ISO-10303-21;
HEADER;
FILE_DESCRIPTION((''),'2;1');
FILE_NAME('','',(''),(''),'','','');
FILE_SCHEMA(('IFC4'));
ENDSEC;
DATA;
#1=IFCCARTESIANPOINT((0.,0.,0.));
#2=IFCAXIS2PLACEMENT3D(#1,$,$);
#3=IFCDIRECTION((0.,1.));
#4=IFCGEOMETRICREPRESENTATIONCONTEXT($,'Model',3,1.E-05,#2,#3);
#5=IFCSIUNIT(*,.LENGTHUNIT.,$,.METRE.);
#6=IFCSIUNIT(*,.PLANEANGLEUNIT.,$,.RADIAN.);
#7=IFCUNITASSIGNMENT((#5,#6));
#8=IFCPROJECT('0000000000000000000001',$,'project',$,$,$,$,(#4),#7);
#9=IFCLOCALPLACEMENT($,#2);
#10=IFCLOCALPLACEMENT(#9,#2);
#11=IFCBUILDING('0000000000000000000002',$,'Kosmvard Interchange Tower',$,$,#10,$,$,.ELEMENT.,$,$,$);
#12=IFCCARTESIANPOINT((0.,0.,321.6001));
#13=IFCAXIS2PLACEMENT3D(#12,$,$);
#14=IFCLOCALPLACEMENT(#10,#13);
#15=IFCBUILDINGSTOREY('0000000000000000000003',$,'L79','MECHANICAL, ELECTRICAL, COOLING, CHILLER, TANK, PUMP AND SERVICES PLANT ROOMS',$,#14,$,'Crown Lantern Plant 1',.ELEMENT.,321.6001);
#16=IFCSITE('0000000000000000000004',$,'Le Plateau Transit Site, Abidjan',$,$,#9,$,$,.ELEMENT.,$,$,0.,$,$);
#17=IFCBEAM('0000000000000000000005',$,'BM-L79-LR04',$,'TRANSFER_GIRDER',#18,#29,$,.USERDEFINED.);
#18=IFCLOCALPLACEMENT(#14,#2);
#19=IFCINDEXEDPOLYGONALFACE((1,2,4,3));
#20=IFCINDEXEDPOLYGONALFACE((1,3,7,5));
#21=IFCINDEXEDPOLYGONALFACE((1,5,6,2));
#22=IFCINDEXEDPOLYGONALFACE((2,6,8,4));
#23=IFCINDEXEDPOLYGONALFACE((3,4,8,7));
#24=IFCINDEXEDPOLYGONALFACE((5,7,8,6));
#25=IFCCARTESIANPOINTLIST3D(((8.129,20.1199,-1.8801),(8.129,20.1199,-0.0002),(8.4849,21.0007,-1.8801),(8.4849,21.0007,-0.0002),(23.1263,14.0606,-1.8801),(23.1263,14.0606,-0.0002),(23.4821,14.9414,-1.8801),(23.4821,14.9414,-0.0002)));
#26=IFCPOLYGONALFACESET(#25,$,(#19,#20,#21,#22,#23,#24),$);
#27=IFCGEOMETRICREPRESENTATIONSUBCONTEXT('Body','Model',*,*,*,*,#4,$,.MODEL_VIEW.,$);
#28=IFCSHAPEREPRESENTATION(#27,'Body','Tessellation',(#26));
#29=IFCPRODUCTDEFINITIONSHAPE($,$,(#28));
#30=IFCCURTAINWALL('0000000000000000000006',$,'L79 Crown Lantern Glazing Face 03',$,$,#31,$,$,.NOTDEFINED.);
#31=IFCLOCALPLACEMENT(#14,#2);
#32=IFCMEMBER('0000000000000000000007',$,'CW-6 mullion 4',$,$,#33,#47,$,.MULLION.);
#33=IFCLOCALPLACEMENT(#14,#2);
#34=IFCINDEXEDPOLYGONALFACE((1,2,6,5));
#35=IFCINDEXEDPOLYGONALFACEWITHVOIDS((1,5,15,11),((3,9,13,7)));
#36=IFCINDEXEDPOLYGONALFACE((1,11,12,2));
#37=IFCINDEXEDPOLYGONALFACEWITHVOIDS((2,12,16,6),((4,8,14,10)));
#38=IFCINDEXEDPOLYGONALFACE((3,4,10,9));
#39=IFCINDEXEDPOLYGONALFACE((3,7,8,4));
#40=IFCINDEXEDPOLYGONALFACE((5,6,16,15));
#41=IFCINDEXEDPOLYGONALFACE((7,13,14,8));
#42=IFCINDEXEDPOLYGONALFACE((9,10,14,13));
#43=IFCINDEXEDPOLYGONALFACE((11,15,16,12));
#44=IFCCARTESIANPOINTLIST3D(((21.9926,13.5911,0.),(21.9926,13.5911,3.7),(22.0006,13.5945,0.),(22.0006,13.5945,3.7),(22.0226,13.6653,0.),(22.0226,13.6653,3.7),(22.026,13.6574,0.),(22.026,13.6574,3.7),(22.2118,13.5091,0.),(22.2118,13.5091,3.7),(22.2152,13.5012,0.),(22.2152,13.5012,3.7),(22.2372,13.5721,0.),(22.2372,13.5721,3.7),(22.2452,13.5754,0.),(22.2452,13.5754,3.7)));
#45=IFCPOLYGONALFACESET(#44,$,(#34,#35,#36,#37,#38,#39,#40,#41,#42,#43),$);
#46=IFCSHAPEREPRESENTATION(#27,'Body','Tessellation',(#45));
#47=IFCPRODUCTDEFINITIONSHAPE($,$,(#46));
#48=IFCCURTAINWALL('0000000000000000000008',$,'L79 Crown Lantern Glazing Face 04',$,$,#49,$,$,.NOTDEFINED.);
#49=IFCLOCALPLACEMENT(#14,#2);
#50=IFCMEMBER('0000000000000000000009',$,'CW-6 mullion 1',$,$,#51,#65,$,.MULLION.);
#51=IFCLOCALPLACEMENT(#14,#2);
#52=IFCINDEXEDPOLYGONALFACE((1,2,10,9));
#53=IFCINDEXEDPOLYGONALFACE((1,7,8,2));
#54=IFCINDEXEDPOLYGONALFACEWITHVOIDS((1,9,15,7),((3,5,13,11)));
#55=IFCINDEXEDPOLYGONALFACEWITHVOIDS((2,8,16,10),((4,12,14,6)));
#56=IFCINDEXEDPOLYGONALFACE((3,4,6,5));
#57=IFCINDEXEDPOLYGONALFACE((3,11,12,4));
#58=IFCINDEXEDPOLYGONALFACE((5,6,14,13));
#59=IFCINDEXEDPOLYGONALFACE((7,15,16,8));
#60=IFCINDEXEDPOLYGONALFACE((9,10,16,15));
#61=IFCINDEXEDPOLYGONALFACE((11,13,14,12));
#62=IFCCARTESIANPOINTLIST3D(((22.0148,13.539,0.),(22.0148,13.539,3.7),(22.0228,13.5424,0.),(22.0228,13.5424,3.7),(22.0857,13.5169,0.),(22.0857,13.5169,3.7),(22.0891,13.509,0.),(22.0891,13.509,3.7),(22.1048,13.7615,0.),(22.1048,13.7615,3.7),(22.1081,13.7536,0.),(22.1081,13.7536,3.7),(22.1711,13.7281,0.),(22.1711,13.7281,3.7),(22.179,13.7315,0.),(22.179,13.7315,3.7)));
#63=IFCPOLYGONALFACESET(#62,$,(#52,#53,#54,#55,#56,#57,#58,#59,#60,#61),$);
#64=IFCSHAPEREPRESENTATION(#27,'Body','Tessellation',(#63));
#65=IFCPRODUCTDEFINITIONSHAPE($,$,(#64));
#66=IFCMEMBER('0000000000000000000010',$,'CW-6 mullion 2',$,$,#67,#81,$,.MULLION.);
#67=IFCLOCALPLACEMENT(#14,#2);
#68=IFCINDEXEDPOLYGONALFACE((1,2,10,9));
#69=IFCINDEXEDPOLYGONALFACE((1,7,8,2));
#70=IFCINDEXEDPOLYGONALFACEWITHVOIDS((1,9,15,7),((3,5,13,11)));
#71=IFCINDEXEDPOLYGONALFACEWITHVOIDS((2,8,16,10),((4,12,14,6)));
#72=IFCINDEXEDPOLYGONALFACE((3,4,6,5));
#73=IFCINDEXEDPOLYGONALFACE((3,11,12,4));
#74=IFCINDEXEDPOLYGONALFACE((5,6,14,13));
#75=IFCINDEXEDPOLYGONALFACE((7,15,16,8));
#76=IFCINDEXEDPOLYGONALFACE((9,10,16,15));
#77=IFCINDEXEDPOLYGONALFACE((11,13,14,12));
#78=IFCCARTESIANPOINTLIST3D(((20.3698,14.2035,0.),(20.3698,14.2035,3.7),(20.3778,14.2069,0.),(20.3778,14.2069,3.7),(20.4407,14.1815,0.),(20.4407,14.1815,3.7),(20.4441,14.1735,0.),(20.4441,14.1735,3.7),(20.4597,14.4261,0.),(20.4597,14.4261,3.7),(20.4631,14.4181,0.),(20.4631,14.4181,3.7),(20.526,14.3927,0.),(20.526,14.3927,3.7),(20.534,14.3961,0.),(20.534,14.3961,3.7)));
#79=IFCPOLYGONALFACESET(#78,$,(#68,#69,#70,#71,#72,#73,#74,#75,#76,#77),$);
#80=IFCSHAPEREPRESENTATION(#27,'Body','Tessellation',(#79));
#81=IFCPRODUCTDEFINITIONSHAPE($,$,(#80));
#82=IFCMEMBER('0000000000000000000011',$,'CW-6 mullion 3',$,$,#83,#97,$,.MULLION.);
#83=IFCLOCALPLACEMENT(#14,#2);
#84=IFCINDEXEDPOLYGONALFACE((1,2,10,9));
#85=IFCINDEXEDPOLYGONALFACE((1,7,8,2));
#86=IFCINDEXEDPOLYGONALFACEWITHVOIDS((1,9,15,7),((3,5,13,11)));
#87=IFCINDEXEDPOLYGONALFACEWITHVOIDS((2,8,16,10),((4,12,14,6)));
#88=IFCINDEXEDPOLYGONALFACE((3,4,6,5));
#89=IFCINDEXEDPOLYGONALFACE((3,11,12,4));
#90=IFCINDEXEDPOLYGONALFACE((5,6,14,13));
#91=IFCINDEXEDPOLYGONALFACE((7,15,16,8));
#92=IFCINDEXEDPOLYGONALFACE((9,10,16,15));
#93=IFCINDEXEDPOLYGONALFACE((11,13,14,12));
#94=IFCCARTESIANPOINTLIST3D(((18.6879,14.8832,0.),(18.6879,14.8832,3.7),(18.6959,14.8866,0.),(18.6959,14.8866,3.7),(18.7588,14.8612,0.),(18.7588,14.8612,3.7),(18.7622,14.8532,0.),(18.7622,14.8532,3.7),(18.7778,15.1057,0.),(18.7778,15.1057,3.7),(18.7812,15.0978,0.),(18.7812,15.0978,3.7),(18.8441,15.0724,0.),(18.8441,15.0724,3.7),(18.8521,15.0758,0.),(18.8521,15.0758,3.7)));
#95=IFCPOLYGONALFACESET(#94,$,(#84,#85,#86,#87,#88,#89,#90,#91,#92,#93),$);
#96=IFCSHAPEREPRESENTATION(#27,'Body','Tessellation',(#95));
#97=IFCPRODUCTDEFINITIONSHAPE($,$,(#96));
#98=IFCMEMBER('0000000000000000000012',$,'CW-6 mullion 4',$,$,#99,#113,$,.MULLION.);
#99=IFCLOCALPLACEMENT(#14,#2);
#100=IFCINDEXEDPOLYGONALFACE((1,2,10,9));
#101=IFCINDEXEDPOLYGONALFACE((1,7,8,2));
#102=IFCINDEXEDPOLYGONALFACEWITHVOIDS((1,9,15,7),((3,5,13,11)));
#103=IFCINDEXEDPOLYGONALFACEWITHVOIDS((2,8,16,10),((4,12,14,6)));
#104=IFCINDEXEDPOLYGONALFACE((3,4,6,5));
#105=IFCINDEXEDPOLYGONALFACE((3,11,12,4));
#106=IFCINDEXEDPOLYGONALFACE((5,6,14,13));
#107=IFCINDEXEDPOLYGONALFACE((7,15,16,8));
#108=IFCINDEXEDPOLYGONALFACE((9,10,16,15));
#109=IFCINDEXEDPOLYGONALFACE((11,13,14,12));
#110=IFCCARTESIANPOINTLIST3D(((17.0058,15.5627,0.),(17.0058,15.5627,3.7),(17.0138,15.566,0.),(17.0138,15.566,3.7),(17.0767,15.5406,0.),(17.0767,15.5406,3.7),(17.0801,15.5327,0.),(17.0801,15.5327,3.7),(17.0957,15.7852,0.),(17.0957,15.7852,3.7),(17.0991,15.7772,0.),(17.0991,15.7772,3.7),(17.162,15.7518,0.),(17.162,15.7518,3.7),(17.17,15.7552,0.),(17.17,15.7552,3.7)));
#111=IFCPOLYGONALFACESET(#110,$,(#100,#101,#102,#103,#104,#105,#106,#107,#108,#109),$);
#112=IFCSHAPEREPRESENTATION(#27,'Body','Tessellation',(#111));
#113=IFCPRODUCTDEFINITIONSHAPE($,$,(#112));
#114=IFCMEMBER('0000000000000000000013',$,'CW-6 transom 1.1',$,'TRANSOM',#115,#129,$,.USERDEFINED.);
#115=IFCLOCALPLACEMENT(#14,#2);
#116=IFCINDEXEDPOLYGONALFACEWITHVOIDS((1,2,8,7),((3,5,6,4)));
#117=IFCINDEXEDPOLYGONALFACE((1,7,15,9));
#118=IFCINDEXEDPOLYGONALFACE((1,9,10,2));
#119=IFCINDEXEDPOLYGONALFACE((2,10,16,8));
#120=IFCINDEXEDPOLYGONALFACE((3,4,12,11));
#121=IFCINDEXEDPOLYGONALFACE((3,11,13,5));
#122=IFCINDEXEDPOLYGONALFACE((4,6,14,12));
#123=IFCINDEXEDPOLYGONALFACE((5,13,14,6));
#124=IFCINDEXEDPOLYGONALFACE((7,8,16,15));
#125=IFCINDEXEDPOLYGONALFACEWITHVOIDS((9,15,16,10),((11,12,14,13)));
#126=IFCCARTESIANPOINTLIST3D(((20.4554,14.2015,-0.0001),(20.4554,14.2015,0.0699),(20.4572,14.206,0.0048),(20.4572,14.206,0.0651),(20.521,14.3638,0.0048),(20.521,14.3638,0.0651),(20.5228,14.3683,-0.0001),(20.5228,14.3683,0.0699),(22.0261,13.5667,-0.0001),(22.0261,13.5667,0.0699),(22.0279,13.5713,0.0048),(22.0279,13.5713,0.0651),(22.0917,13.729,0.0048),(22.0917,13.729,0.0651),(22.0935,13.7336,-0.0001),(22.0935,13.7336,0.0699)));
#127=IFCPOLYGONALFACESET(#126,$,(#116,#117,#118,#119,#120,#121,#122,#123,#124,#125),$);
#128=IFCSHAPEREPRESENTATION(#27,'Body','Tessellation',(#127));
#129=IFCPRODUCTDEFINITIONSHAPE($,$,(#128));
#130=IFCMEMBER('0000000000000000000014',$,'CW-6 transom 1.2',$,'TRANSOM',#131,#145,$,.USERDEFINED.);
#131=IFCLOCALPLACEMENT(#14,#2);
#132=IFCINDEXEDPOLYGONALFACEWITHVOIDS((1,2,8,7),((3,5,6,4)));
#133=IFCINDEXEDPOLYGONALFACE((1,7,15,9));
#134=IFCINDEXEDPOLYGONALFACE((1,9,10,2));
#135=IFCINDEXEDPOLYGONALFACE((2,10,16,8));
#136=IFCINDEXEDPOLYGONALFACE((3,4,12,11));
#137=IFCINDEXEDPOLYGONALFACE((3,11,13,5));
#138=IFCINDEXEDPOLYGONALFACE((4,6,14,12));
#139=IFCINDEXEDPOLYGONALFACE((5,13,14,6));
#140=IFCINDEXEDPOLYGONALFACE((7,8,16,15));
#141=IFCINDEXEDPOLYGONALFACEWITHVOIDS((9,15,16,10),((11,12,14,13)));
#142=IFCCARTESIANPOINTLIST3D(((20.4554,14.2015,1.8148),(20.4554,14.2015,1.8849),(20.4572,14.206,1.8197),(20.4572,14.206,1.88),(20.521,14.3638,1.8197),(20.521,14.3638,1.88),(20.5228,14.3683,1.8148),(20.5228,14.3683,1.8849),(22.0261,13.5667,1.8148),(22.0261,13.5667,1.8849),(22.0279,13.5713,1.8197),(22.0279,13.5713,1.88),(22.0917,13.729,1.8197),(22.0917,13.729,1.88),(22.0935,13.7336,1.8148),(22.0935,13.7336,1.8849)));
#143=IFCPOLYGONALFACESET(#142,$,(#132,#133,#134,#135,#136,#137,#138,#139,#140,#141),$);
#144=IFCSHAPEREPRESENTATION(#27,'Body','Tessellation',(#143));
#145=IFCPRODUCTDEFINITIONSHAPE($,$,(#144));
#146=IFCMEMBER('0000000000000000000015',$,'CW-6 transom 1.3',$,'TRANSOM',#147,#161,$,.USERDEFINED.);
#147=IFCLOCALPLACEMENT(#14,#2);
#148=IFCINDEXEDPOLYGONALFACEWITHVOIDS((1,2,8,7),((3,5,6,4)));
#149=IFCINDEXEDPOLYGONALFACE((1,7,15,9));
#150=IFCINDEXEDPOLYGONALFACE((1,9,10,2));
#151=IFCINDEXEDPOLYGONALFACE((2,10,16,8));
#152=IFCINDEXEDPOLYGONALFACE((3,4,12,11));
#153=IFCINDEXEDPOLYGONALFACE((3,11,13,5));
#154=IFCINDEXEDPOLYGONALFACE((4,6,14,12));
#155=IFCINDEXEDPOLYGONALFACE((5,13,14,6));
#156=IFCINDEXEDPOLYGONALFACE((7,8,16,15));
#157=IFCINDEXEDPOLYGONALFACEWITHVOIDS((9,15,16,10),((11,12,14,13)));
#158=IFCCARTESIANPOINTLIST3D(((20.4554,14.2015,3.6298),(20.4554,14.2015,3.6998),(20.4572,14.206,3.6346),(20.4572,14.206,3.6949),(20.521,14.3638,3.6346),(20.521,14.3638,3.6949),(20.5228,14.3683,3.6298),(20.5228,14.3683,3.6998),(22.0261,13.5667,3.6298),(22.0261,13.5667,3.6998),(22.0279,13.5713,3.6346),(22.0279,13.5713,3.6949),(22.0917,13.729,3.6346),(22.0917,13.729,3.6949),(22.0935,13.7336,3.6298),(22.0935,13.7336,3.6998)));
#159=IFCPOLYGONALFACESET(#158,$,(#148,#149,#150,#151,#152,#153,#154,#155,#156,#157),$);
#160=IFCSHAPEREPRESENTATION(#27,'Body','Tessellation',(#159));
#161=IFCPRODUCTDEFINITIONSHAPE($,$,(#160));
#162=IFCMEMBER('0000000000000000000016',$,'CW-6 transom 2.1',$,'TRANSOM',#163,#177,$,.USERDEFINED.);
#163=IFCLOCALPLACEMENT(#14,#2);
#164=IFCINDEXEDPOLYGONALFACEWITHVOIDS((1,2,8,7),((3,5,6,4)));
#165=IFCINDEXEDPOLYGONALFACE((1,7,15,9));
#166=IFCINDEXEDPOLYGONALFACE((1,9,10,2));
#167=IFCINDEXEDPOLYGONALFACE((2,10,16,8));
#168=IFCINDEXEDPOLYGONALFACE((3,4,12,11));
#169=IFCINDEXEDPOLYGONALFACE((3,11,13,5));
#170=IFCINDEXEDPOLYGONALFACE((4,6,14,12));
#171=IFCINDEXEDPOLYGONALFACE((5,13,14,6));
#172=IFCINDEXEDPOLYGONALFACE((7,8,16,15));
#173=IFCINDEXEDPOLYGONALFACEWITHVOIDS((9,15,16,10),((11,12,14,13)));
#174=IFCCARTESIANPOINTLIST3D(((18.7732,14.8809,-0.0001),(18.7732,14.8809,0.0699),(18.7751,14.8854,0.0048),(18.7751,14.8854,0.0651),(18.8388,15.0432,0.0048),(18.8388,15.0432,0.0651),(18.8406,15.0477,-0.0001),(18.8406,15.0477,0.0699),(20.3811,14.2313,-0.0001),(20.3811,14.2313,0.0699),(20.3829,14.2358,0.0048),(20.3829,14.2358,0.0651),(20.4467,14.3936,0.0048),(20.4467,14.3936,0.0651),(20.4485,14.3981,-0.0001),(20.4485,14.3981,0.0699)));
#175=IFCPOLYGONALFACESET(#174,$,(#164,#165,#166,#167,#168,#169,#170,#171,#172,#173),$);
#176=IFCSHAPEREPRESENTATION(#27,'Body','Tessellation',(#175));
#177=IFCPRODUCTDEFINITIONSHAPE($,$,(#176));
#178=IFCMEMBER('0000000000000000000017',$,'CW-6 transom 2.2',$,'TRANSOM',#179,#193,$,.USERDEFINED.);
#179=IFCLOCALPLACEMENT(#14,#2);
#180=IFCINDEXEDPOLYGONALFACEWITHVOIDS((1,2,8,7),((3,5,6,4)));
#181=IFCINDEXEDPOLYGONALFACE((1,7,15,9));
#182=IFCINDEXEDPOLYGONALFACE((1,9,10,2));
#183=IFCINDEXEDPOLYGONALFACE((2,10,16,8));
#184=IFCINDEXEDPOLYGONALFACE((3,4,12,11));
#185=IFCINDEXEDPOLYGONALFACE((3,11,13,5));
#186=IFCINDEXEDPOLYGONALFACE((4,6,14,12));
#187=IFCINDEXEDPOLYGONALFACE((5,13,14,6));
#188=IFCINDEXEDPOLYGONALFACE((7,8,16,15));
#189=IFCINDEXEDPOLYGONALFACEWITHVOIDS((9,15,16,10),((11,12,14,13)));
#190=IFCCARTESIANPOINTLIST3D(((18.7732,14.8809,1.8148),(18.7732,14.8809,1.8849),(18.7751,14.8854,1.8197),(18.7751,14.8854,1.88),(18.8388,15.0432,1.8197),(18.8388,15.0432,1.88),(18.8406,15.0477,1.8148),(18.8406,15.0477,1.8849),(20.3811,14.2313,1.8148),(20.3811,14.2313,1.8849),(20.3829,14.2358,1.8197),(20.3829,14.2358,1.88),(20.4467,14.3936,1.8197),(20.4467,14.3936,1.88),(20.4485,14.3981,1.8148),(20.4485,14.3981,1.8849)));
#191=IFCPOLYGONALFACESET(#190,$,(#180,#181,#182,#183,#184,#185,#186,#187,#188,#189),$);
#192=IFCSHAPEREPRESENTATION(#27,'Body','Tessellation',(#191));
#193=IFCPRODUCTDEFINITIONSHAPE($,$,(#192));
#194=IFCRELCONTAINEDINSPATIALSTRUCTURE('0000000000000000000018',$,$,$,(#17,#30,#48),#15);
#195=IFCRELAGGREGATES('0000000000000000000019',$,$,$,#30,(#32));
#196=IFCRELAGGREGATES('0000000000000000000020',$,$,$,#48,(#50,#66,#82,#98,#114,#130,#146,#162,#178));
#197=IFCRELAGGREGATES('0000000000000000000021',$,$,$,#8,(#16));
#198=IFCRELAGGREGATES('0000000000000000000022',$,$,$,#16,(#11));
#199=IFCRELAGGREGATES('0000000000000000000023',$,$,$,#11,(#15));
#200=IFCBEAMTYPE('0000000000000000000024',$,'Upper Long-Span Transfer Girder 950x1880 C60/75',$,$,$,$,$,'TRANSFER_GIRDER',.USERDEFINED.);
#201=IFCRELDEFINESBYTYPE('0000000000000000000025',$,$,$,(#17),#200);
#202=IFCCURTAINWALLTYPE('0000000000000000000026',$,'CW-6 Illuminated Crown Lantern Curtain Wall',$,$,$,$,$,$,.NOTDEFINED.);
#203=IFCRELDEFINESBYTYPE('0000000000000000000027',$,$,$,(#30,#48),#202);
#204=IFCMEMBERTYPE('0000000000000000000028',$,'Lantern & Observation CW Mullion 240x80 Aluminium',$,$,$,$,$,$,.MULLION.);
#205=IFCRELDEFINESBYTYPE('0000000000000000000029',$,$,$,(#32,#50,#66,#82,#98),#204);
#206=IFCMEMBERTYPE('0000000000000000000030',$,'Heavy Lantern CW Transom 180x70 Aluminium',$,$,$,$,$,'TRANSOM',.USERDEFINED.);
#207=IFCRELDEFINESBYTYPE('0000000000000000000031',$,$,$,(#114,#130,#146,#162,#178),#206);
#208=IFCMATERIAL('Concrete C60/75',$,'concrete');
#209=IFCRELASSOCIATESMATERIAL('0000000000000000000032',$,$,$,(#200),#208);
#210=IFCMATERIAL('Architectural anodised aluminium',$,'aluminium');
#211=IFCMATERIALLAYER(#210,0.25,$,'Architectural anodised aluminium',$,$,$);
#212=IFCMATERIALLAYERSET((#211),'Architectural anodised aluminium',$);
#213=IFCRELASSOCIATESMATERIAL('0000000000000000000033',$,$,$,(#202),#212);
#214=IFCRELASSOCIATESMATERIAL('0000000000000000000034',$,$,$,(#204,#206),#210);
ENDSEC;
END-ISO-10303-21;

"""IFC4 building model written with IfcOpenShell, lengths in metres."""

from ifc_helpers import new_model, si_unit, direction, frame, origin, origin_2d, place, context, subcontext, project, spatial, rectangle, hollow_rectangle, extrude, source, transform, mapped, material, layer, layer_set, material_profile, profile_set, type_object, element, aggregate, save


model = new_model("IFC4")

# Units and contexts
model_context = context("Model", 3, precision=1e-05, world=origin(), true_north=direction((0.0, 1.0)))
body_context = subcontext(model_context, "Body", "Model", "MODEL_VIEW")
ifc_project = project(units=[si_unit("LENGTHUNIT", "METRE"), si_unit("PLANEANGLEUNIT", "RADIAN")], contexts=[model_context])

# Site, building, storey
site_placement = place(None, origin())
site = spatial("IfcSite", under=ifc_project, at=site_placement, Name="Le Plateau Transit Site, Abidjan", CompositionType="ELEMENT", RefElevation=0.0)
building_placement = place(site_placement, origin())
building = spatial("IfcBuilding", under=site, at=building_placement, Name="Kosmvard Interchange Tower", CompositionType="ELEMENT")
storey_placement = place(building_placement, frame((0.0, 0.0, 321.6001)))
storey = spatial("IfcBuildingStorey", under=building, at=storey_placement, Name="L79", Description="MECHANICAL, ELECTRICAL, COOLING, CHILLER, TANK, PUMP AND SERVICES PLANT ROOMS", LongName="Crown Lantern Plant 1", CompositionType="ELEMENT", Elevation=321.6001)

# Beam
ifc_material_1 = material(Name="Concrete C60/75", Category="concrete")
ifc_material_profile_1 = material_profile(ifc_material_1, rectangle(XDim=0.95, YDim=1.8799, at=origin_2d()), Name="TG 950x1880")
ifc_profile_set_1 = profile_set([ifc_material_profile_1], Name="Concrete C60/75")
beam_type = type_object("IfcBeamType", Name="Upper Long-Span Transfer Girder 950x1880 C60/75", ElementType="TRANSFER_GIRDER", PredefinedType="USERDEFINED", material=ifc_profile_set_1)
shared_shape_1 = source(origin(), body_context, "Body", "SweptSolid", [
    extrude(rectangle(XDim=0.95, YDim=1.8799, at=origin_2d()), origin(), (0.0, 0.0, 1.0), 16.175),
])
beam_placement = place(storey_placement, frame((23.3042, 14.501, -0.9402), z_axis=(-0.927183, 0.374608, 0.0), x_axis=(-0.374608, -0.927183, 0.0)))
element("IfcBeam", 1, at=beam_placement, inside=storey, type_object=beam_type, Name="BM-L79-LR04", ObjectType="TRANSFER_GIRDER", PredefinedType="USERDEFINED", context=body_context, shape_type="MappedRepresentation", body=[
    mapped(shared_shape_1, transform((0.0, 0.0, 0.0), scale=1.0)),
])

# Curtain wall, member
ifc_material_2 = material(Name="Architectural anodised aluminium", Category="aluminium")
ifc_layer_1 = layer(ifc_material_2, 0.25, Name="Architectural anodised aluminium")
ifc_layer_set_1 = layer_set([ifc_layer_1], Name="Architectural anodised aluminium")
curtain_wall_type = type_object("IfcCurtainWallType", Name="CW-6 Illuminated Crown Lantern Curtain Wall", PredefinedType="NOTDEFINED", material=ifc_layer_set_1)
curtain_wall_1_placement = place(storey_placement, origin())
curtain_wall_1 = element("IfcCurtainWall", 2, at=curtain_wall_1_placement, inside=storey, type_object=curtain_wall_type, Name="L79 Crown Lantern Glazing Face 03", PredefinedType="NOTDEFINED")
ifc_material_profile_2 = material_profile(ifc_material_2, hollow_rectangle(XDim=0.24, YDim=0.0801, WallThickness=0.0061, at=origin_2d()), Name="CWM 240x80x6")
ifc_profile_set_2 = profile_set([ifc_material_profile_2], Name="Architectural anodised aluminium")
member_type_1 = type_object("IfcMemberType", Name="Lantern & Observation CW Mullion 240x80 Aluminium", PredefinedType="MULLION", material=ifc_profile_set_2)
shared_shape_2 = source(origin(), body_context, "Body", "SweptSolid", [
    extrude(hollow_rectangle(XDim=0.24, YDim=0.0801, WallThickness=0.0061, at=origin_2d()), origin(), (0.0, 0.0, 1.0), 3.7),
])
member_1_placement = place(storey_placement, frame((22.1189, 13.5833, 0.0), z_axis=(0.0, 0.0, 1.0), x_axis=(-0.927184, 0.374607, 0.0)))
member_1 = element("IfcMember", 3, at=member_1_placement, type_object=member_type_1, Name="CW-6 mullion 4", PredefinedType="MULLION", context=body_context, shape_type="MappedRepresentation", body=[
    mapped(shared_shape_2, transform((0.0, 0.0, 0.0), scale=1.0)),
])
aggregate(curtain_wall_1, [member_1])

# Curtain wall, members
curtain_wall_2_placement = place(storey_placement, origin())
curtain_wall_2 = element("IfcCurtainWall", 4, at=curtain_wall_2_placement, inside=storey, type_object=curtain_wall_type, Name="L79 Crown Lantern Glazing Face 04", PredefinedType="NOTDEFINED")
member_2_placement = place(storey_placement, frame((22.0969, 13.6353, 0.0), z_axis=(0.0, 0.0, 1.0), x_axis=(-0.374607, -0.927184, 0.0)))
member_2 = element("IfcMember", 5, at=member_2_placement, type_object=member_type_1, Name="CW-6 mullion 1", PredefinedType="MULLION", context=body_context, shape_type="MappedRepresentation", body=[
    mapped(shared_shape_2, transform((0.0, 0.0, 0.0), scale=1.0)),
])
member_3_placement = place(storey_placement, frame((20.4519, 14.2998, 0.0), z_axis=(0.0, 0.0, 1.0), x_axis=(-0.374607, -0.927184, 0.0)))
member_3 = element("IfcMember", 6, at=member_3_placement, type_object=member_type_1, Name="CW-6 mullion 2", PredefinedType="MULLION", context=body_context, shape_type="MappedRepresentation", body=[
    mapped(shared_shape_2, transform((0.0, 0.0, 0.0), scale=1.0)),
])
member_4_placement = place(storey_placement, frame((18.77, 14.9795, 0.0), z_axis=(0.0, 0.0, 1.0), x_axis=(-0.374607, -0.927184, 0.0)))
member_4 = element("IfcMember", 7, at=member_4_placement, type_object=member_type_1, Name="CW-6 mullion 3", PredefinedType="MULLION", context=body_context, shape_type="MappedRepresentation", body=[
    mapped(shared_shape_2, transform((0.0, 0.0, 0.0), scale=1.0)),
])
member_5_placement = place(storey_placement, frame((17.0879, 15.6589, 0.0), z_axis=(0.0, 0.0, 1.0), x_axis=(-0.374607, -0.927184, 0.0)))
member_5 = element("IfcMember", 8, at=member_5_placement, type_object=member_type_1, Name="CW-6 mullion 4", PredefinedType="MULLION", context=body_context, shape_type="MappedRepresentation", body=[
    mapped(shared_shape_2, transform((0.0, 0.0, 0.0), scale=1.0)),
])
ifc_material_profile_3 = material_profile(ifc_material_2, hollow_rectangle(XDim=0.1799, YDim=0.0701, WallThickness=0.0049, at=origin_2d()), Name="CWT 180x70x5")
ifc_profile_set_3 = profile_set([ifc_material_profile_3], Name="Architectural anodised aluminium")
member_type_2 = type_object("IfcMemberType", Name="Heavy Lantern CW Transom 180x70 Aluminium", ElementType="TRANSOM", PredefinedType="USERDEFINED", material=ifc_profile_set_3)
shared_shape_3 = source(origin(), body_context, "Body", "SweptSolid", [
    extrude(hollow_rectangle(XDim=0.1799, YDim=0.0701, WallThickness=0.0049, at=origin_2d()), origin(), (0.0, 0.0, 1.0), 1.6941),
])
member_6_placement = place(storey_placement, frame((22.0598, 13.6501, 0.0349), z_axis=(-0.927159, 0.374668, 0.0), x_axis=(-0.374668, -0.927159, 0.0)))
member_6 = element("IfcMember", 9, at=member_6_placement, type_object=member_type_2, Name="CW-6 transom 1.1", ObjectType="TRANSOM", PredefinedType="USERDEFINED", context=body_context, shape_type="MappedRepresentation", body=[
    mapped(shared_shape_3, transform((0.0, 0.0, 0.0), scale=1.0)),
])
member_7_placement = place(storey_placement, frame((22.0598, 13.6501, 1.8499), z_axis=(-0.927159, 0.374668, 0.0), x_axis=(-0.374668, -0.927159, 0.0)))
member_7 = element("IfcMember", 10, at=member_7_placement, type_object=member_type_2, Name="CW-6 transom 1.2", ObjectType="TRANSOM", PredefinedType="USERDEFINED", context=body_context, shape_type="MappedRepresentation", body=[
    mapped(shared_shape_3, transform((0.0, 0.0, 0.0), scale=1.0)),
])
member_8_placement = place(storey_placement, frame((22.0598, 13.6501, 3.6648), z_axis=(-0.927159, 0.374668, 0.0), x_axis=(-0.374668, -0.927159, 0.0)))
member_8 = element("IfcMember", 11, at=member_8_placement, type_object=member_type_2, Name="CW-6 transom 1.3", ObjectType="TRANSOM", PredefinedType="USERDEFINED", context=body_context, shape_type="MappedRepresentation", body=[
    mapped(shared_shape_3, transform((0.0, 0.0, 0.0), scale=1.0)),
])
shared_shape_4 = source(origin(), body_context, "Body", "SweptSolid", [
    extrude(hollow_rectangle(XDim=0.1799, YDim=0.0701, WallThickness=0.0049, at=origin_2d()), origin(), (0.0, 0.0, 1.0), 1.7341),
])
member_9_placement = place(storey_placement, frame((20.4148, 14.3147, 0.0349), z_axis=(-0.92718, 0.374617, 0.0), x_axis=(-0.374617, -0.92718, 0.0)))
member_9 = element("IfcMember", 12, at=member_9_placement, type_object=member_type_2, Name="CW-6 transom 2.1", ObjectType="TRANSOM", PredefinedType="USERDEFINED", context=body_context, shape_type="MappedRepresentation", body=[
    mapped(shared_shape_4, transform((0.0, 0.0, 0.0), scale=1.0)),
])
member_10_placement = place(storey_placement, frame((20.4148, 14.3147, 1.8499), z_axis=(-0.92718, 0.374617, 0.0), x_axis=(-0.374617, -0.92718, 0.0)))
member_10 = element("IfcMember", 13, at=member_10_placement, type_object=member_type_2, Name="CW-6 transom 2.2", ObjectType="TRANSOM", PredefinedType="USERDEFINED", context=body_context, shape_type="MappedRepresentation", body=[
    mapped(shared_shape_4, transform((0.0, 0.0, 0.0), scale=1.0)),
])
aggregate(curtain_wall_2, [member_2, member_3, member_4, member_5, member_6, member_7, member_8, member_9, member_10])

save(model, "model.ifc")
